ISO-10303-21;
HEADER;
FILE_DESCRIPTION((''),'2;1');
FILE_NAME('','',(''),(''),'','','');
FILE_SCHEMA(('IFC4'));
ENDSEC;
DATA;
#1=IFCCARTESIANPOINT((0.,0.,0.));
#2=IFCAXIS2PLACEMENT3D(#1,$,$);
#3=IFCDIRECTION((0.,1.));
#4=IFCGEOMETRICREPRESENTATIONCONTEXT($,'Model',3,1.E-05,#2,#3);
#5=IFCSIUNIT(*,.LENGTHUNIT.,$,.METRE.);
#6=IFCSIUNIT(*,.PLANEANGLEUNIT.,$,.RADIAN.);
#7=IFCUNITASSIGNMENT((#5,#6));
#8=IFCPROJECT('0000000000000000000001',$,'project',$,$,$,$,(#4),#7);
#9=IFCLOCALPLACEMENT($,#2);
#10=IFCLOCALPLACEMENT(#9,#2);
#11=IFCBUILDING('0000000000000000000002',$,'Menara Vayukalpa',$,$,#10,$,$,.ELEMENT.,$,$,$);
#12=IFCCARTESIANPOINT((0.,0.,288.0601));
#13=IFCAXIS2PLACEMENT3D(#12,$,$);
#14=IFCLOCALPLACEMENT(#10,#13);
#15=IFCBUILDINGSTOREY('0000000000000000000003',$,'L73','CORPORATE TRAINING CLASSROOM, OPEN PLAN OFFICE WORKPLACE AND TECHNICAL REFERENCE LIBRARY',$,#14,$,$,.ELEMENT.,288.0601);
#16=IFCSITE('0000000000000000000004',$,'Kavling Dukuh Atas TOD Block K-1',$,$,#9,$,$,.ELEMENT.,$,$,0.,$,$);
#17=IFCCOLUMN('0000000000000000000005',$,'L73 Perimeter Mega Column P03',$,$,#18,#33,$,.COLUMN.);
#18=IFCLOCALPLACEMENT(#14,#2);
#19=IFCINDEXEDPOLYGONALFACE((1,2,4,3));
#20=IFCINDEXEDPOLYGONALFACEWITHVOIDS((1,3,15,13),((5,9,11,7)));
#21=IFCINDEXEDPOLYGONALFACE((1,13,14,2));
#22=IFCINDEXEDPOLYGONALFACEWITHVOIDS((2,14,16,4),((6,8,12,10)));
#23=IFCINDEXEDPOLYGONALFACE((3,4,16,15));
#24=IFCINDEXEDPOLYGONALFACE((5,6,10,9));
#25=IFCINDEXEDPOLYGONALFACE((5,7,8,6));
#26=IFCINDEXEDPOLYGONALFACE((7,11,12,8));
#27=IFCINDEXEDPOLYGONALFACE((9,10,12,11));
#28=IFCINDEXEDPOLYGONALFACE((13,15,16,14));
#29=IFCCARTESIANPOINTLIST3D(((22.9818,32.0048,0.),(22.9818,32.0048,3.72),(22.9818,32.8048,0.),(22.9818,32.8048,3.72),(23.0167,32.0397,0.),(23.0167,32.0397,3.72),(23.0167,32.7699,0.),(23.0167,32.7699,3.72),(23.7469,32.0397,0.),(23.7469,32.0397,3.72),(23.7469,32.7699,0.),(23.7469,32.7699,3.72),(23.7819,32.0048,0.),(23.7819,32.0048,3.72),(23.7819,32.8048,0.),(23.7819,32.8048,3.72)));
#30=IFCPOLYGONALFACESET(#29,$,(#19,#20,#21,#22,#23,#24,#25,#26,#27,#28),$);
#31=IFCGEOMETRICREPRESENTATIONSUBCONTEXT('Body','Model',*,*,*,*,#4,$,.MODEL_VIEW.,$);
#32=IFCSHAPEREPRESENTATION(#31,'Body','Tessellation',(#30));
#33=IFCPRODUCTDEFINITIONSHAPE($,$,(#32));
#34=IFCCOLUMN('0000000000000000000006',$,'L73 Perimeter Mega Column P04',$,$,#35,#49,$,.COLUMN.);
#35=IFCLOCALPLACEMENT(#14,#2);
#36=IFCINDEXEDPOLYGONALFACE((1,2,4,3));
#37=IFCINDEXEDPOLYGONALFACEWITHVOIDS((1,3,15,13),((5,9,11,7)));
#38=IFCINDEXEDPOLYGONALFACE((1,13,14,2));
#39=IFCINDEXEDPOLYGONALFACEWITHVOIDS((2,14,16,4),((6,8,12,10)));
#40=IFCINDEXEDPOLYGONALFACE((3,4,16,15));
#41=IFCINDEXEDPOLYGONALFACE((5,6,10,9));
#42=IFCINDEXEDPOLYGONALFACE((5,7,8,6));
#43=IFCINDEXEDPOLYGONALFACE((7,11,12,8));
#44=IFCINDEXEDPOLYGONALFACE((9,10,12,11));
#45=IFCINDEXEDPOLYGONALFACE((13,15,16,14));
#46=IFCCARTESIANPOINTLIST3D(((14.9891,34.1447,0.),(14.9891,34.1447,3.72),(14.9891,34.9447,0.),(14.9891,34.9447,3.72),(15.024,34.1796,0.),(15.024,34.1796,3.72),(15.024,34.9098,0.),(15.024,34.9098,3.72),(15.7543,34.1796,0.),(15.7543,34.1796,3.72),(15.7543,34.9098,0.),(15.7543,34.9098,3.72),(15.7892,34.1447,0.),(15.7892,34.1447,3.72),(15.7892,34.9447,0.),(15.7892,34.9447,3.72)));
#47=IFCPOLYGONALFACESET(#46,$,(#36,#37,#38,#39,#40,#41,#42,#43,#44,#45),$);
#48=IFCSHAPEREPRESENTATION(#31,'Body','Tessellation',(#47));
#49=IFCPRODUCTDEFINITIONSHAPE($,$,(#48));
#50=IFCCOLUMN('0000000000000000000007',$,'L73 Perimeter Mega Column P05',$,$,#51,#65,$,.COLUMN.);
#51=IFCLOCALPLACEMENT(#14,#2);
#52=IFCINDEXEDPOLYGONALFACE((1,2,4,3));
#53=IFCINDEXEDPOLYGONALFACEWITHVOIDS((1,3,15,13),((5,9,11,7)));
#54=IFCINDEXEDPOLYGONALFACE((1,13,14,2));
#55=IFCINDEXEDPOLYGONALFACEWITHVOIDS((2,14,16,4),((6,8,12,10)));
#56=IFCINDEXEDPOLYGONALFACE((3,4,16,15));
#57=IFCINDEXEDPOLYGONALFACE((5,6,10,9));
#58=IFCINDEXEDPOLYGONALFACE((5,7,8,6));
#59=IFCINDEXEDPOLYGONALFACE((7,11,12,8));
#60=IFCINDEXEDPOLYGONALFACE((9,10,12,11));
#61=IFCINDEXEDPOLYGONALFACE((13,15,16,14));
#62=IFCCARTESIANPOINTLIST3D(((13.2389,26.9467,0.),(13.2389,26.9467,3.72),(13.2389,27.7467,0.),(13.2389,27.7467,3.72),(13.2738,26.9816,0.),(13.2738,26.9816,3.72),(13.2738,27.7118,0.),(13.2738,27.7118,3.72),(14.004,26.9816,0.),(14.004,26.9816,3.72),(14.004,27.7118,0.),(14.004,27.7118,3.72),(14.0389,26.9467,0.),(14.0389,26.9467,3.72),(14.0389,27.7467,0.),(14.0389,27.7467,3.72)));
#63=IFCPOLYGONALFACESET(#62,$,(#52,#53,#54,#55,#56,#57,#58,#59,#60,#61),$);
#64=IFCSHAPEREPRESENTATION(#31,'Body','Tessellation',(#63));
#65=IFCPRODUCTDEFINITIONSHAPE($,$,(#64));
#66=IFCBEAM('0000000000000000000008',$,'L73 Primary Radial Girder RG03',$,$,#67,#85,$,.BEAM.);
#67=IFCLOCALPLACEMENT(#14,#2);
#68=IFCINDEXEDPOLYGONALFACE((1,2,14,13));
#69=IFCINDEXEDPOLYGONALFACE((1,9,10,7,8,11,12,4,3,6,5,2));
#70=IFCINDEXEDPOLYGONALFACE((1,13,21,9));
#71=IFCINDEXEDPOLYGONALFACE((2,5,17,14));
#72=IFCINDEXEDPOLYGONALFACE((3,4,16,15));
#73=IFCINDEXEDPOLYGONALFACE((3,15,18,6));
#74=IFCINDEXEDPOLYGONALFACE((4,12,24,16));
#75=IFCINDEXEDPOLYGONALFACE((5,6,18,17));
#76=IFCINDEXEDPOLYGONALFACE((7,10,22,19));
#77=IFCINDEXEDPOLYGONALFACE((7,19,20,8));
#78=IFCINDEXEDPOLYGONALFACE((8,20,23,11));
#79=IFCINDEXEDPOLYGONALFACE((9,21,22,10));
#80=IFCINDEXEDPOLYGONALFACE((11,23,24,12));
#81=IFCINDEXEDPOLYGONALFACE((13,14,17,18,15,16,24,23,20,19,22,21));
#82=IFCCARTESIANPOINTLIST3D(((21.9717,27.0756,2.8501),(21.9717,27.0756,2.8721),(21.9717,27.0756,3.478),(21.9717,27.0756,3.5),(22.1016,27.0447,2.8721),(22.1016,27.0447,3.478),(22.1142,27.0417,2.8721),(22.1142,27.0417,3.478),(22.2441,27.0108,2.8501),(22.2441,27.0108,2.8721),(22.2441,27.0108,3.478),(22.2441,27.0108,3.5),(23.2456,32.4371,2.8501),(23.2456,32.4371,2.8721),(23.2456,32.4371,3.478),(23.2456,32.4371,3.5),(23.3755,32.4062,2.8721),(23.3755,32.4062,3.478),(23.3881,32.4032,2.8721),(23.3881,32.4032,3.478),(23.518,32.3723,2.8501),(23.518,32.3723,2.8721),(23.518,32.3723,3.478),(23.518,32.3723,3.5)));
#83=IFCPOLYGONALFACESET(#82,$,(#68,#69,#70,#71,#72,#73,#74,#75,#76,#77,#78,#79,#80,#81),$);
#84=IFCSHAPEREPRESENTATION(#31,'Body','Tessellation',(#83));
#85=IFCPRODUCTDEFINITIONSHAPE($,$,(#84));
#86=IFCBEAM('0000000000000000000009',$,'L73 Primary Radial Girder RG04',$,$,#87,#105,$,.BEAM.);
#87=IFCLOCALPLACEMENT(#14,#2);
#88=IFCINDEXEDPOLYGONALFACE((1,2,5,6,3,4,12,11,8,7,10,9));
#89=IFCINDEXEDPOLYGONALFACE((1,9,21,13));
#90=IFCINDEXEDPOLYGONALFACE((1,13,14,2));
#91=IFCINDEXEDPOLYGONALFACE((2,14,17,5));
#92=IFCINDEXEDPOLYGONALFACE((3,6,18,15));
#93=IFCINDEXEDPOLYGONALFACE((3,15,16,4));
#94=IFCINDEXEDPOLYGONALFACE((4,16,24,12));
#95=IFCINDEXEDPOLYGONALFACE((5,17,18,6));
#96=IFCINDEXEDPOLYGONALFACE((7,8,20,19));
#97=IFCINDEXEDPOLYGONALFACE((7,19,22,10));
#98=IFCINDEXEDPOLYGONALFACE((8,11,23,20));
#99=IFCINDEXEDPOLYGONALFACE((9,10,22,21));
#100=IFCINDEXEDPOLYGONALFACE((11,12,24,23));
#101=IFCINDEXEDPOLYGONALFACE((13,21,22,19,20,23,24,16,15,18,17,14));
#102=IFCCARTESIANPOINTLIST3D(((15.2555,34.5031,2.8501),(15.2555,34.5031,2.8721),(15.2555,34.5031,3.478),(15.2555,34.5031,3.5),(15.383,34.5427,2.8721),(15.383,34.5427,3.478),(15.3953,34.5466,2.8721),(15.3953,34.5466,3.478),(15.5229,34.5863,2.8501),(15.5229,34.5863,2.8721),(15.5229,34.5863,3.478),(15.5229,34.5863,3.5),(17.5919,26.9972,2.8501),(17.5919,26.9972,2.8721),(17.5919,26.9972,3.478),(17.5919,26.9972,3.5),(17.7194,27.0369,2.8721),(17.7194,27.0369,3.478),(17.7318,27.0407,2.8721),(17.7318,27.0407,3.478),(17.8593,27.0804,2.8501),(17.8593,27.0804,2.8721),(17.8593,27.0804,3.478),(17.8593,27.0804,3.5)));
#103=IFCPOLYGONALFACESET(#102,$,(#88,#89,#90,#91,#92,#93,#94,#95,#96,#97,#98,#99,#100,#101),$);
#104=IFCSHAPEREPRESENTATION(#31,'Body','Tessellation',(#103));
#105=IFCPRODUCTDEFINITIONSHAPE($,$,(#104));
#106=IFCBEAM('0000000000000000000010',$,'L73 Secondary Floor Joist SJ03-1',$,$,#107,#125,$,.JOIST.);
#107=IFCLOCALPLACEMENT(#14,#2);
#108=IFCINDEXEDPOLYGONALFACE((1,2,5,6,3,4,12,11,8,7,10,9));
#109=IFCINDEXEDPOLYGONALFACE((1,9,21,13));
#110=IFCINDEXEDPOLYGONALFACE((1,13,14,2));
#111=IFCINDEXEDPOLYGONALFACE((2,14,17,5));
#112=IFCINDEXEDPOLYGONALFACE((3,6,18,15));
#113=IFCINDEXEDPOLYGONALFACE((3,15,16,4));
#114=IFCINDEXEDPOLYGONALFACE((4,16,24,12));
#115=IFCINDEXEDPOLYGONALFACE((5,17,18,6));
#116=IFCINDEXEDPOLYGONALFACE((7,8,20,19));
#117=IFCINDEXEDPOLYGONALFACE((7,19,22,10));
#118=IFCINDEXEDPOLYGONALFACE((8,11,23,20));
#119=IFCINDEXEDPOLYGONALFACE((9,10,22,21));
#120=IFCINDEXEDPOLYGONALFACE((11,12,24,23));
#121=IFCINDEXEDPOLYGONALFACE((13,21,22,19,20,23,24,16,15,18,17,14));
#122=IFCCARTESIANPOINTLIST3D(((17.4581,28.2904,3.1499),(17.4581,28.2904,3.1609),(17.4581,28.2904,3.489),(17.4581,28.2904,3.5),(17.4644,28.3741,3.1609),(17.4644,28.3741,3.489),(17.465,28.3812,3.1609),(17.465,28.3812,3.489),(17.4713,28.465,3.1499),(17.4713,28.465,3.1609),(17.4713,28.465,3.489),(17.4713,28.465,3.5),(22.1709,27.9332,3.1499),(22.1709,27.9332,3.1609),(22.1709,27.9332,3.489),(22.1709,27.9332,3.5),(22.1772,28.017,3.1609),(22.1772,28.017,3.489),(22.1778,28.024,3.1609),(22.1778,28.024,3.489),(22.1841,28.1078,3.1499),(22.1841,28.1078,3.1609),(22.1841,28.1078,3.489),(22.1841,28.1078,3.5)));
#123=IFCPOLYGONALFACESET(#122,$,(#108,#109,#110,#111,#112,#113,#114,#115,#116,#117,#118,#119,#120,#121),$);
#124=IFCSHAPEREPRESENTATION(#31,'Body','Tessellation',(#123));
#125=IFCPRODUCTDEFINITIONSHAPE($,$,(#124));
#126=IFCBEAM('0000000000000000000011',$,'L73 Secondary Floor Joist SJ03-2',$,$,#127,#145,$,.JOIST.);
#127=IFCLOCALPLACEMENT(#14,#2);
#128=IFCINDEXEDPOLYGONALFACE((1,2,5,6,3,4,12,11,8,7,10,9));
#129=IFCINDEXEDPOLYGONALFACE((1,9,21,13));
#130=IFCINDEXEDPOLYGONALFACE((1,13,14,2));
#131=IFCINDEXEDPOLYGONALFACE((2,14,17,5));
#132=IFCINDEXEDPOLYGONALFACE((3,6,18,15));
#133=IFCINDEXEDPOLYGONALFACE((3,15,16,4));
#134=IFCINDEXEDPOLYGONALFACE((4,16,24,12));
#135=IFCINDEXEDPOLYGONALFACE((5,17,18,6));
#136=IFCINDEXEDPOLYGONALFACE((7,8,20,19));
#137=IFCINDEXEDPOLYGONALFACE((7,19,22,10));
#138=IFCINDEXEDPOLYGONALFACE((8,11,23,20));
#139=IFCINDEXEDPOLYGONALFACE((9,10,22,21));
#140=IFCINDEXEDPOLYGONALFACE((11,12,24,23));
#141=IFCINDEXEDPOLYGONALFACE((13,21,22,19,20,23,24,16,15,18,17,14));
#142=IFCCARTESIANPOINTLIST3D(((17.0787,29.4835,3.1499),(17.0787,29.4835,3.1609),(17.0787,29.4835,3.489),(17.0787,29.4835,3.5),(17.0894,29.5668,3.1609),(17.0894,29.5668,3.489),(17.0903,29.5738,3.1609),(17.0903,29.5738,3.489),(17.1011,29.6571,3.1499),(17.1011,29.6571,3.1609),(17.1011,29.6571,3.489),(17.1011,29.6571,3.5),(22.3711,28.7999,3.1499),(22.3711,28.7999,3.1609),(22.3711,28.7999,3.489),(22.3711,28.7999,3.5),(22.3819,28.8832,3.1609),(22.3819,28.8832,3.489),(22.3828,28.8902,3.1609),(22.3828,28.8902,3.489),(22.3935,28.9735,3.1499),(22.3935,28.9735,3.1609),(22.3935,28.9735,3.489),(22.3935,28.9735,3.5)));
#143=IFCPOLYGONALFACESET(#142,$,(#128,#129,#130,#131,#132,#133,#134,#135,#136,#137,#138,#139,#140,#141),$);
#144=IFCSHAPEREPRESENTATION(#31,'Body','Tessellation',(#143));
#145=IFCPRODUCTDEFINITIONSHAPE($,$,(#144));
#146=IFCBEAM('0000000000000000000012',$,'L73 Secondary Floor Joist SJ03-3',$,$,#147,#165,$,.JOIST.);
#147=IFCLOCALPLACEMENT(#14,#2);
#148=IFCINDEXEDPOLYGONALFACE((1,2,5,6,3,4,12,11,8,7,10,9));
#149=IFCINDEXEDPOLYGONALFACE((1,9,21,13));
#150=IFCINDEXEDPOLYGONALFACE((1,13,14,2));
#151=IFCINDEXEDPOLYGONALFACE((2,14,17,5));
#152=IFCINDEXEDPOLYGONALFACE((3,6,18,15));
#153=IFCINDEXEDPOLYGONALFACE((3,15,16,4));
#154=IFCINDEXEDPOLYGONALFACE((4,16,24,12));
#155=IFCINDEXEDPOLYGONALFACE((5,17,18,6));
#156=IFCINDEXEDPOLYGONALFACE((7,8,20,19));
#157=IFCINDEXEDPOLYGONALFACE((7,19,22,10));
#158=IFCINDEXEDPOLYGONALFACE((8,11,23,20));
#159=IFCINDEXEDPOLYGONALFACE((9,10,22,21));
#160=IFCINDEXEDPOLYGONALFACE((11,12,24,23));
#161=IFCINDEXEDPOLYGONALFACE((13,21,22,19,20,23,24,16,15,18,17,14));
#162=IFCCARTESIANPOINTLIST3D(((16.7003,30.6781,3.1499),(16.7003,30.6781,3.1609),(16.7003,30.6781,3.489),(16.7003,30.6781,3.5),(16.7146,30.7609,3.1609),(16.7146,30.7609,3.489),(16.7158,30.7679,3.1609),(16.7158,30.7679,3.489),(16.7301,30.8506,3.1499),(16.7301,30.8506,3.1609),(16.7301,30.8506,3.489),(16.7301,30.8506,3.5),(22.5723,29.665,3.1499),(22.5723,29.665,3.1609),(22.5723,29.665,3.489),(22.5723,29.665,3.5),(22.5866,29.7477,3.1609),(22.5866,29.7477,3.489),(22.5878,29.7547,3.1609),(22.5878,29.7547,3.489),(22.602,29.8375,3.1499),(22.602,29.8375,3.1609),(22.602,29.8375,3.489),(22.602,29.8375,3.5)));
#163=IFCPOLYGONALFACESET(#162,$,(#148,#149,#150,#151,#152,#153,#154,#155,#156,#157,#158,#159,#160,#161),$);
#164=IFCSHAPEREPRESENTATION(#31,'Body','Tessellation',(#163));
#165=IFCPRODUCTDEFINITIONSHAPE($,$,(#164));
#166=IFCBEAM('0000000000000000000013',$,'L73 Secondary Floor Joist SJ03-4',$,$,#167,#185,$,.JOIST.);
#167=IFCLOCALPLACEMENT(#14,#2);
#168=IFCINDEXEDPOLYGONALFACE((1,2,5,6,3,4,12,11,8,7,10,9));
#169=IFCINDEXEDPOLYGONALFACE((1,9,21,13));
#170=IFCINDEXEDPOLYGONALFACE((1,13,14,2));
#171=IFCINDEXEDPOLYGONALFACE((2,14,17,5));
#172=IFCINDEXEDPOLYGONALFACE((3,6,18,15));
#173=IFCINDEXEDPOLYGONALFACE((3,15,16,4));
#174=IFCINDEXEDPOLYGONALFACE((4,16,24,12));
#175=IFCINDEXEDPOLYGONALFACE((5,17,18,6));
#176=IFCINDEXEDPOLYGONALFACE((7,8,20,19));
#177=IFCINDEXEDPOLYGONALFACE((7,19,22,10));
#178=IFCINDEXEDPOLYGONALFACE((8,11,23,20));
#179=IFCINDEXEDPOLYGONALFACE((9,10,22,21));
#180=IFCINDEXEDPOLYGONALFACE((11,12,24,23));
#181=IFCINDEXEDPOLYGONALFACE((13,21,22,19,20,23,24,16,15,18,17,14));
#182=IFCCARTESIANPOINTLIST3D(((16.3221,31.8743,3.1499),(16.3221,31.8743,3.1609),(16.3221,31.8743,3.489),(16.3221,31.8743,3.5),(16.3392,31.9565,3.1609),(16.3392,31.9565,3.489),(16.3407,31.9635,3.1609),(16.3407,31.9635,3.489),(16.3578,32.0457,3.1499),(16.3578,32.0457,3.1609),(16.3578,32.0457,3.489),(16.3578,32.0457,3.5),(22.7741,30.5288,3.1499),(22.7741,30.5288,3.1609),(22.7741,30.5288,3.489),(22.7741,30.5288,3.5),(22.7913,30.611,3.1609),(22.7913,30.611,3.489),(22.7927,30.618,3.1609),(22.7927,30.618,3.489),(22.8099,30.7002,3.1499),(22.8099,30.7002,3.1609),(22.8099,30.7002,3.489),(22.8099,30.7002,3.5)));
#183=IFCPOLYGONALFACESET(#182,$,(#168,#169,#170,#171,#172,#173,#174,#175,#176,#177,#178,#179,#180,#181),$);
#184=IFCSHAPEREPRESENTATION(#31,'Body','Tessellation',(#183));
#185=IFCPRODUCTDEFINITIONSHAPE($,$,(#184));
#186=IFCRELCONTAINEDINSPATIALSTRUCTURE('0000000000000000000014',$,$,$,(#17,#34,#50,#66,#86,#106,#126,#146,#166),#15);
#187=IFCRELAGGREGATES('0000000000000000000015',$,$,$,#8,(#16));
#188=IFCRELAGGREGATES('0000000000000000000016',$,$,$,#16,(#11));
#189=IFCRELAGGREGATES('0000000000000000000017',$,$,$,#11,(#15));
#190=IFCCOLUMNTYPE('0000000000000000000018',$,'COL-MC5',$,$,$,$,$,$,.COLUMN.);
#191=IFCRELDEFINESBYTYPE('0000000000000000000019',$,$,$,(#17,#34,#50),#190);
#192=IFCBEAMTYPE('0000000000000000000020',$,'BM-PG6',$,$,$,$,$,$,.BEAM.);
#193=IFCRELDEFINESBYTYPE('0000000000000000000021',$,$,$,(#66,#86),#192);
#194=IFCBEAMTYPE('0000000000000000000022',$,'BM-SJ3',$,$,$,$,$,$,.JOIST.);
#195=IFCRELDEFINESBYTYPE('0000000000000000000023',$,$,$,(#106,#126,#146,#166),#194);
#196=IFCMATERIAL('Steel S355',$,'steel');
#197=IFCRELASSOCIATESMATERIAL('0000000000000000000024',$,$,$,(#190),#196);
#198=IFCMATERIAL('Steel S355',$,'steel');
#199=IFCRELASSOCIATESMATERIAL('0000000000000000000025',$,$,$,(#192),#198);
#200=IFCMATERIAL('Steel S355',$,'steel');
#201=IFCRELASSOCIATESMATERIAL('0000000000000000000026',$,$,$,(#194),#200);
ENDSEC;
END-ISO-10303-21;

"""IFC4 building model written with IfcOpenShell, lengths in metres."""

from ifc_helpers import new_model, si_unit, direction, frame, origin, origin_2d, place, context, subcontext, project, spatial, hollow_rectangle, i_section, extrude, material, material_profile, profile_set, type_object, element, save


model = new_model("IFC4")

# Units and contexts
model_context = context("Model", 3, precision=1e-05, world=origin(), true_north=direction((0.0, 1.0)))
body_context = subcontext(model_context, "Body", "Model", "MODEL_VIEW")
ifc_project = project(units=[si_unit("LENGTHUNIT", "METRE"), si_unit("PLANEANGLEUNIT", "RADIAN")], contexts=[model_context])

# Site, building, storey
site_placement = place(None, origin())
site = spatial("IfcSite", under=ifc_project, at=site_placement, Name="Kavling Dukuh Atas TOD Block K-1", CompositionType="ELEMENT", RefElevation=0.0)
building_placement = place(site_placement, origin())
building = spatial("IfcBuilding", under=site, at=building_placement, Name="Menara Vayukalpa", CompositionType="ELEMENT")
storey_placement = place(building_placement, frame((0.0, 0.0, 288.0601)))
storey = spatial("IfcBuildingStorey", under=building, at=storey_placement, Name="L73", Description="CORPORATE TRAINING CLASSROOM, OPEN PLAN OFFICE WORKPLACE AND TECHNICAL REFERENCE LIBRARY", CompositionType="ELEMENT", Elevation=288.0601)

# Columns
ifc_material_1 = material(Name="Steel S355", Category="steel")
ifc_material_profile_1 = material_profile(ifc_material_1, hollow_rectangle(XDim=0.8, YDim=0.8, WallThickness=0.0349, at=origin_2d()), Name="BOX 800x800x35")
ifc_profile_set_1 = profile_set([ifc_material_profile_1], Name="Steel S355")
column_type = type_object("IfcColumnType", Name="COL-MC5", PredefinedType="COLUMN", material=ifc_profile_set_1)
for number, where, z_axis, x_axis, name in (
    (1, (23.3818, 32.4048, 0.0), (0.0, 0.0, 1.0), (1.0, 0.0, 0.0), "L73 Perimeter Mega Column P03"),
    (2, (15.3892, 34.5447, 0.0), (0.0, 0.0, 1.0), (1.0, 0.0, 0.0), "L73 Perimeter Mega Column P04"),
    (3, (13.6389, 27.3467, 0.0), (0.0, 0.0, 1.0), (1.0, 0.0, 0.0), "L73 Perimeter Mega Column P05"),
):
    element("IfcColumn", number, at=place(storey_placement, frame(where, z_axis=z_axis, x_axis=x_axis)), inside=storey, type_object=column_type, Name=name, PredefinedType="COLUMN", context=body_context, shape_type="SweptSolid", body=[
        extrude(hollow_rectangle(XDim=0.8, YDim=0.8, WallThickness=0.0349, at=origin_2d()), origin(), (0.0, 0.0, 1.0), 3.72),
    ])

# Beams
ifc_material_2 = material(Name="Steel S355", Category="steel")
ifc_material_profile_2 = material_profile(ifc_material_2, i_section(OverallWidth=0.28, OverallDepth=0.6499, WebThickness=0.0129, FlangeThickness=0.022, at=origin_2d()), Name="WF 650x280x13x22")
ifc_profile_set_2 = profile_set([ifc_material_profile_2], Name="Steel S355")
beam_type_1 = type_object("IfcBeamType", Name="BM-PG6", PredefinedType="BEAM", material=ifc_profile_set_2)
beam_1_placement = place(storey_placement, frame((22.1079, 27.0432, 3.175), z_axis=(0.231167, 0.972914, 0.0), x_axis=(-0.972914, 0.231167, 0.0)))
element("IfcBeam", 4, at=beam_1_placement, inside=storey, type_object=beam_type_1, Name="L73 Primary Radial Girder RG03", PredefinedType="BEAM", context=body_context, shape_type="SweptSolid", body=[
    extrude(i_section(OverallWidth=0.28, OverallDepth=0.6499, WebThickness=0.0129, FlangeThickness=0.022, at=origin_2d()), origin(), (0.0, 0.0, 1.0), 5.5107),
])
beam_2_placement = place(storey_placement, frame((17.7256, 27.0388, 3.175), z_axis=(-0.297214, 0.954811, 0.0), x_axis=(-0.954811, -0.297214, 0.0)))
element("IfcBeam", 5, at=beam_2_placement, inside=storey, type_object=beam_type_1, Name="L73 Primary Radial Girder RG04", PredefinedType="BEAM", context=body_context, shape_type="SweptSolid", body=[
    extrude(i_section(OverallWidth=0.28, OverallDepth=0.6499, WebThickness=0.0129, FlangeThickness=0.022, at=origin_2d()), origin(), (0.0, 0.0, 1.0), 7.8611),
])
ifc_material_3 = material(Name="Steel S355", Category="steel")
ifc_material_profile_3 = material_profile(ifc_material_3, i_section(OverallWidth=0.175, OverallDepth=0.3501, WebThickness=0.0071, FlangeThickness=0.011, at=origin_2d()), Name="WF 350x175x7x11")
ifc_profile_set_3 = profile_set([ifc_material_profile_3], Name="Steel S355")
beam_type_2 = type_object("IfcBeamType", Name="BM-SJ3", PredefinedType="JOIST", material=ifc_profile_set_3)
beam_3_placement = place(storey_placement, frame((22.1775, 28.0205, 3.325), z_axis=(-0.99714, 0.075571, 0.0), x_axis=(-0.075571, -0.99714, 0.0)))
element("IfcBeam", 6, at=beam_3_placement, inside=storey, type_object=beam_type_2, Name="L73 Secondary Floor Joist SJ03-1", PredefinedType="JOIST", context=body_context, shape_type="SweptSolid", body=[
    extrude(i_section(OverallWidth=0.175, OverallDepth=0.3501, WebThickness=0.0071, FlangeThickness=0.011, at=origin_2d()), origin(), (0.0, 0.0, 1.0), 4.7263),
])
beam_4_placement = place(storey_placement, frame((22.3823, 28.8867, 3.325), z_axis=(-0.991761, 0.128099, 0.0), x_axis=(-0.128099, -0.991761, 0.0)))
element("IfcBeam", 7, at=beam_4_placement, inside=storey, type_object=beam_type_2, Name="L73 Secondary Floor Joist SJ03-2", PredefinedType="JOIST", context=body_context, shape_type="SweptSolid", body=[
    extrude(i_section(OverallWidth=0.175, OverallDepth=0.3501, WebThickness=0.0071, FlangeThickness=0.011, at=origin_2d()), origin(), (0.0, 0.0, 1.0), 5.3364),
])
beam_5_placement = place(storey_placement, frame((22.5872, 29.7512, 3.325), z_axis=(-0.985439, 0.17003, 0.0), x_axis=(-0.17003, -0.985439, 0.0)))
element("IfcBeam", 8, at=beam_5_placement, inside=storey, type_object=beam_type_2, Name="L73 Secondary Floor Joist SJ03-3", PredefinedType="JOIST", context=body_context, shape_type="SweptSolid", body=[
    extrude(i_section(OverallWidth=0.175, OverallDepth=0.3501, WebThickness=0.0071, FlangeThickness=0.011, at=origin_2d()), origin(), (0.0, 0.0, 1.0), 5.9587),
])
beam_6_placement = place(storey_placement, frame((22.792, 30.6145, 3.325), z_axis=(-0.978941, 0.204145, 0.0), x_axis=(-0.204145, -0.978941, 0.0)))
element("IfcBeam", 9, at=beam_6_placement, inside=storey, type_object=beam_type_2, Name="L73 Secondary Floor Joist SJ03-4", PredefinedType="JOIST", context=body_context, shape_type="SweptSolid", body=[
    extrude(i_section(OverallWidth=0.175, OverallDepth=0.3501, WebThickness=0.0071, FlangeThickness=0.011, at=origin_2d()), origin(), (0.0, 0.0, 1.0), 6.5908),
])

save(model, "model.ifc")
